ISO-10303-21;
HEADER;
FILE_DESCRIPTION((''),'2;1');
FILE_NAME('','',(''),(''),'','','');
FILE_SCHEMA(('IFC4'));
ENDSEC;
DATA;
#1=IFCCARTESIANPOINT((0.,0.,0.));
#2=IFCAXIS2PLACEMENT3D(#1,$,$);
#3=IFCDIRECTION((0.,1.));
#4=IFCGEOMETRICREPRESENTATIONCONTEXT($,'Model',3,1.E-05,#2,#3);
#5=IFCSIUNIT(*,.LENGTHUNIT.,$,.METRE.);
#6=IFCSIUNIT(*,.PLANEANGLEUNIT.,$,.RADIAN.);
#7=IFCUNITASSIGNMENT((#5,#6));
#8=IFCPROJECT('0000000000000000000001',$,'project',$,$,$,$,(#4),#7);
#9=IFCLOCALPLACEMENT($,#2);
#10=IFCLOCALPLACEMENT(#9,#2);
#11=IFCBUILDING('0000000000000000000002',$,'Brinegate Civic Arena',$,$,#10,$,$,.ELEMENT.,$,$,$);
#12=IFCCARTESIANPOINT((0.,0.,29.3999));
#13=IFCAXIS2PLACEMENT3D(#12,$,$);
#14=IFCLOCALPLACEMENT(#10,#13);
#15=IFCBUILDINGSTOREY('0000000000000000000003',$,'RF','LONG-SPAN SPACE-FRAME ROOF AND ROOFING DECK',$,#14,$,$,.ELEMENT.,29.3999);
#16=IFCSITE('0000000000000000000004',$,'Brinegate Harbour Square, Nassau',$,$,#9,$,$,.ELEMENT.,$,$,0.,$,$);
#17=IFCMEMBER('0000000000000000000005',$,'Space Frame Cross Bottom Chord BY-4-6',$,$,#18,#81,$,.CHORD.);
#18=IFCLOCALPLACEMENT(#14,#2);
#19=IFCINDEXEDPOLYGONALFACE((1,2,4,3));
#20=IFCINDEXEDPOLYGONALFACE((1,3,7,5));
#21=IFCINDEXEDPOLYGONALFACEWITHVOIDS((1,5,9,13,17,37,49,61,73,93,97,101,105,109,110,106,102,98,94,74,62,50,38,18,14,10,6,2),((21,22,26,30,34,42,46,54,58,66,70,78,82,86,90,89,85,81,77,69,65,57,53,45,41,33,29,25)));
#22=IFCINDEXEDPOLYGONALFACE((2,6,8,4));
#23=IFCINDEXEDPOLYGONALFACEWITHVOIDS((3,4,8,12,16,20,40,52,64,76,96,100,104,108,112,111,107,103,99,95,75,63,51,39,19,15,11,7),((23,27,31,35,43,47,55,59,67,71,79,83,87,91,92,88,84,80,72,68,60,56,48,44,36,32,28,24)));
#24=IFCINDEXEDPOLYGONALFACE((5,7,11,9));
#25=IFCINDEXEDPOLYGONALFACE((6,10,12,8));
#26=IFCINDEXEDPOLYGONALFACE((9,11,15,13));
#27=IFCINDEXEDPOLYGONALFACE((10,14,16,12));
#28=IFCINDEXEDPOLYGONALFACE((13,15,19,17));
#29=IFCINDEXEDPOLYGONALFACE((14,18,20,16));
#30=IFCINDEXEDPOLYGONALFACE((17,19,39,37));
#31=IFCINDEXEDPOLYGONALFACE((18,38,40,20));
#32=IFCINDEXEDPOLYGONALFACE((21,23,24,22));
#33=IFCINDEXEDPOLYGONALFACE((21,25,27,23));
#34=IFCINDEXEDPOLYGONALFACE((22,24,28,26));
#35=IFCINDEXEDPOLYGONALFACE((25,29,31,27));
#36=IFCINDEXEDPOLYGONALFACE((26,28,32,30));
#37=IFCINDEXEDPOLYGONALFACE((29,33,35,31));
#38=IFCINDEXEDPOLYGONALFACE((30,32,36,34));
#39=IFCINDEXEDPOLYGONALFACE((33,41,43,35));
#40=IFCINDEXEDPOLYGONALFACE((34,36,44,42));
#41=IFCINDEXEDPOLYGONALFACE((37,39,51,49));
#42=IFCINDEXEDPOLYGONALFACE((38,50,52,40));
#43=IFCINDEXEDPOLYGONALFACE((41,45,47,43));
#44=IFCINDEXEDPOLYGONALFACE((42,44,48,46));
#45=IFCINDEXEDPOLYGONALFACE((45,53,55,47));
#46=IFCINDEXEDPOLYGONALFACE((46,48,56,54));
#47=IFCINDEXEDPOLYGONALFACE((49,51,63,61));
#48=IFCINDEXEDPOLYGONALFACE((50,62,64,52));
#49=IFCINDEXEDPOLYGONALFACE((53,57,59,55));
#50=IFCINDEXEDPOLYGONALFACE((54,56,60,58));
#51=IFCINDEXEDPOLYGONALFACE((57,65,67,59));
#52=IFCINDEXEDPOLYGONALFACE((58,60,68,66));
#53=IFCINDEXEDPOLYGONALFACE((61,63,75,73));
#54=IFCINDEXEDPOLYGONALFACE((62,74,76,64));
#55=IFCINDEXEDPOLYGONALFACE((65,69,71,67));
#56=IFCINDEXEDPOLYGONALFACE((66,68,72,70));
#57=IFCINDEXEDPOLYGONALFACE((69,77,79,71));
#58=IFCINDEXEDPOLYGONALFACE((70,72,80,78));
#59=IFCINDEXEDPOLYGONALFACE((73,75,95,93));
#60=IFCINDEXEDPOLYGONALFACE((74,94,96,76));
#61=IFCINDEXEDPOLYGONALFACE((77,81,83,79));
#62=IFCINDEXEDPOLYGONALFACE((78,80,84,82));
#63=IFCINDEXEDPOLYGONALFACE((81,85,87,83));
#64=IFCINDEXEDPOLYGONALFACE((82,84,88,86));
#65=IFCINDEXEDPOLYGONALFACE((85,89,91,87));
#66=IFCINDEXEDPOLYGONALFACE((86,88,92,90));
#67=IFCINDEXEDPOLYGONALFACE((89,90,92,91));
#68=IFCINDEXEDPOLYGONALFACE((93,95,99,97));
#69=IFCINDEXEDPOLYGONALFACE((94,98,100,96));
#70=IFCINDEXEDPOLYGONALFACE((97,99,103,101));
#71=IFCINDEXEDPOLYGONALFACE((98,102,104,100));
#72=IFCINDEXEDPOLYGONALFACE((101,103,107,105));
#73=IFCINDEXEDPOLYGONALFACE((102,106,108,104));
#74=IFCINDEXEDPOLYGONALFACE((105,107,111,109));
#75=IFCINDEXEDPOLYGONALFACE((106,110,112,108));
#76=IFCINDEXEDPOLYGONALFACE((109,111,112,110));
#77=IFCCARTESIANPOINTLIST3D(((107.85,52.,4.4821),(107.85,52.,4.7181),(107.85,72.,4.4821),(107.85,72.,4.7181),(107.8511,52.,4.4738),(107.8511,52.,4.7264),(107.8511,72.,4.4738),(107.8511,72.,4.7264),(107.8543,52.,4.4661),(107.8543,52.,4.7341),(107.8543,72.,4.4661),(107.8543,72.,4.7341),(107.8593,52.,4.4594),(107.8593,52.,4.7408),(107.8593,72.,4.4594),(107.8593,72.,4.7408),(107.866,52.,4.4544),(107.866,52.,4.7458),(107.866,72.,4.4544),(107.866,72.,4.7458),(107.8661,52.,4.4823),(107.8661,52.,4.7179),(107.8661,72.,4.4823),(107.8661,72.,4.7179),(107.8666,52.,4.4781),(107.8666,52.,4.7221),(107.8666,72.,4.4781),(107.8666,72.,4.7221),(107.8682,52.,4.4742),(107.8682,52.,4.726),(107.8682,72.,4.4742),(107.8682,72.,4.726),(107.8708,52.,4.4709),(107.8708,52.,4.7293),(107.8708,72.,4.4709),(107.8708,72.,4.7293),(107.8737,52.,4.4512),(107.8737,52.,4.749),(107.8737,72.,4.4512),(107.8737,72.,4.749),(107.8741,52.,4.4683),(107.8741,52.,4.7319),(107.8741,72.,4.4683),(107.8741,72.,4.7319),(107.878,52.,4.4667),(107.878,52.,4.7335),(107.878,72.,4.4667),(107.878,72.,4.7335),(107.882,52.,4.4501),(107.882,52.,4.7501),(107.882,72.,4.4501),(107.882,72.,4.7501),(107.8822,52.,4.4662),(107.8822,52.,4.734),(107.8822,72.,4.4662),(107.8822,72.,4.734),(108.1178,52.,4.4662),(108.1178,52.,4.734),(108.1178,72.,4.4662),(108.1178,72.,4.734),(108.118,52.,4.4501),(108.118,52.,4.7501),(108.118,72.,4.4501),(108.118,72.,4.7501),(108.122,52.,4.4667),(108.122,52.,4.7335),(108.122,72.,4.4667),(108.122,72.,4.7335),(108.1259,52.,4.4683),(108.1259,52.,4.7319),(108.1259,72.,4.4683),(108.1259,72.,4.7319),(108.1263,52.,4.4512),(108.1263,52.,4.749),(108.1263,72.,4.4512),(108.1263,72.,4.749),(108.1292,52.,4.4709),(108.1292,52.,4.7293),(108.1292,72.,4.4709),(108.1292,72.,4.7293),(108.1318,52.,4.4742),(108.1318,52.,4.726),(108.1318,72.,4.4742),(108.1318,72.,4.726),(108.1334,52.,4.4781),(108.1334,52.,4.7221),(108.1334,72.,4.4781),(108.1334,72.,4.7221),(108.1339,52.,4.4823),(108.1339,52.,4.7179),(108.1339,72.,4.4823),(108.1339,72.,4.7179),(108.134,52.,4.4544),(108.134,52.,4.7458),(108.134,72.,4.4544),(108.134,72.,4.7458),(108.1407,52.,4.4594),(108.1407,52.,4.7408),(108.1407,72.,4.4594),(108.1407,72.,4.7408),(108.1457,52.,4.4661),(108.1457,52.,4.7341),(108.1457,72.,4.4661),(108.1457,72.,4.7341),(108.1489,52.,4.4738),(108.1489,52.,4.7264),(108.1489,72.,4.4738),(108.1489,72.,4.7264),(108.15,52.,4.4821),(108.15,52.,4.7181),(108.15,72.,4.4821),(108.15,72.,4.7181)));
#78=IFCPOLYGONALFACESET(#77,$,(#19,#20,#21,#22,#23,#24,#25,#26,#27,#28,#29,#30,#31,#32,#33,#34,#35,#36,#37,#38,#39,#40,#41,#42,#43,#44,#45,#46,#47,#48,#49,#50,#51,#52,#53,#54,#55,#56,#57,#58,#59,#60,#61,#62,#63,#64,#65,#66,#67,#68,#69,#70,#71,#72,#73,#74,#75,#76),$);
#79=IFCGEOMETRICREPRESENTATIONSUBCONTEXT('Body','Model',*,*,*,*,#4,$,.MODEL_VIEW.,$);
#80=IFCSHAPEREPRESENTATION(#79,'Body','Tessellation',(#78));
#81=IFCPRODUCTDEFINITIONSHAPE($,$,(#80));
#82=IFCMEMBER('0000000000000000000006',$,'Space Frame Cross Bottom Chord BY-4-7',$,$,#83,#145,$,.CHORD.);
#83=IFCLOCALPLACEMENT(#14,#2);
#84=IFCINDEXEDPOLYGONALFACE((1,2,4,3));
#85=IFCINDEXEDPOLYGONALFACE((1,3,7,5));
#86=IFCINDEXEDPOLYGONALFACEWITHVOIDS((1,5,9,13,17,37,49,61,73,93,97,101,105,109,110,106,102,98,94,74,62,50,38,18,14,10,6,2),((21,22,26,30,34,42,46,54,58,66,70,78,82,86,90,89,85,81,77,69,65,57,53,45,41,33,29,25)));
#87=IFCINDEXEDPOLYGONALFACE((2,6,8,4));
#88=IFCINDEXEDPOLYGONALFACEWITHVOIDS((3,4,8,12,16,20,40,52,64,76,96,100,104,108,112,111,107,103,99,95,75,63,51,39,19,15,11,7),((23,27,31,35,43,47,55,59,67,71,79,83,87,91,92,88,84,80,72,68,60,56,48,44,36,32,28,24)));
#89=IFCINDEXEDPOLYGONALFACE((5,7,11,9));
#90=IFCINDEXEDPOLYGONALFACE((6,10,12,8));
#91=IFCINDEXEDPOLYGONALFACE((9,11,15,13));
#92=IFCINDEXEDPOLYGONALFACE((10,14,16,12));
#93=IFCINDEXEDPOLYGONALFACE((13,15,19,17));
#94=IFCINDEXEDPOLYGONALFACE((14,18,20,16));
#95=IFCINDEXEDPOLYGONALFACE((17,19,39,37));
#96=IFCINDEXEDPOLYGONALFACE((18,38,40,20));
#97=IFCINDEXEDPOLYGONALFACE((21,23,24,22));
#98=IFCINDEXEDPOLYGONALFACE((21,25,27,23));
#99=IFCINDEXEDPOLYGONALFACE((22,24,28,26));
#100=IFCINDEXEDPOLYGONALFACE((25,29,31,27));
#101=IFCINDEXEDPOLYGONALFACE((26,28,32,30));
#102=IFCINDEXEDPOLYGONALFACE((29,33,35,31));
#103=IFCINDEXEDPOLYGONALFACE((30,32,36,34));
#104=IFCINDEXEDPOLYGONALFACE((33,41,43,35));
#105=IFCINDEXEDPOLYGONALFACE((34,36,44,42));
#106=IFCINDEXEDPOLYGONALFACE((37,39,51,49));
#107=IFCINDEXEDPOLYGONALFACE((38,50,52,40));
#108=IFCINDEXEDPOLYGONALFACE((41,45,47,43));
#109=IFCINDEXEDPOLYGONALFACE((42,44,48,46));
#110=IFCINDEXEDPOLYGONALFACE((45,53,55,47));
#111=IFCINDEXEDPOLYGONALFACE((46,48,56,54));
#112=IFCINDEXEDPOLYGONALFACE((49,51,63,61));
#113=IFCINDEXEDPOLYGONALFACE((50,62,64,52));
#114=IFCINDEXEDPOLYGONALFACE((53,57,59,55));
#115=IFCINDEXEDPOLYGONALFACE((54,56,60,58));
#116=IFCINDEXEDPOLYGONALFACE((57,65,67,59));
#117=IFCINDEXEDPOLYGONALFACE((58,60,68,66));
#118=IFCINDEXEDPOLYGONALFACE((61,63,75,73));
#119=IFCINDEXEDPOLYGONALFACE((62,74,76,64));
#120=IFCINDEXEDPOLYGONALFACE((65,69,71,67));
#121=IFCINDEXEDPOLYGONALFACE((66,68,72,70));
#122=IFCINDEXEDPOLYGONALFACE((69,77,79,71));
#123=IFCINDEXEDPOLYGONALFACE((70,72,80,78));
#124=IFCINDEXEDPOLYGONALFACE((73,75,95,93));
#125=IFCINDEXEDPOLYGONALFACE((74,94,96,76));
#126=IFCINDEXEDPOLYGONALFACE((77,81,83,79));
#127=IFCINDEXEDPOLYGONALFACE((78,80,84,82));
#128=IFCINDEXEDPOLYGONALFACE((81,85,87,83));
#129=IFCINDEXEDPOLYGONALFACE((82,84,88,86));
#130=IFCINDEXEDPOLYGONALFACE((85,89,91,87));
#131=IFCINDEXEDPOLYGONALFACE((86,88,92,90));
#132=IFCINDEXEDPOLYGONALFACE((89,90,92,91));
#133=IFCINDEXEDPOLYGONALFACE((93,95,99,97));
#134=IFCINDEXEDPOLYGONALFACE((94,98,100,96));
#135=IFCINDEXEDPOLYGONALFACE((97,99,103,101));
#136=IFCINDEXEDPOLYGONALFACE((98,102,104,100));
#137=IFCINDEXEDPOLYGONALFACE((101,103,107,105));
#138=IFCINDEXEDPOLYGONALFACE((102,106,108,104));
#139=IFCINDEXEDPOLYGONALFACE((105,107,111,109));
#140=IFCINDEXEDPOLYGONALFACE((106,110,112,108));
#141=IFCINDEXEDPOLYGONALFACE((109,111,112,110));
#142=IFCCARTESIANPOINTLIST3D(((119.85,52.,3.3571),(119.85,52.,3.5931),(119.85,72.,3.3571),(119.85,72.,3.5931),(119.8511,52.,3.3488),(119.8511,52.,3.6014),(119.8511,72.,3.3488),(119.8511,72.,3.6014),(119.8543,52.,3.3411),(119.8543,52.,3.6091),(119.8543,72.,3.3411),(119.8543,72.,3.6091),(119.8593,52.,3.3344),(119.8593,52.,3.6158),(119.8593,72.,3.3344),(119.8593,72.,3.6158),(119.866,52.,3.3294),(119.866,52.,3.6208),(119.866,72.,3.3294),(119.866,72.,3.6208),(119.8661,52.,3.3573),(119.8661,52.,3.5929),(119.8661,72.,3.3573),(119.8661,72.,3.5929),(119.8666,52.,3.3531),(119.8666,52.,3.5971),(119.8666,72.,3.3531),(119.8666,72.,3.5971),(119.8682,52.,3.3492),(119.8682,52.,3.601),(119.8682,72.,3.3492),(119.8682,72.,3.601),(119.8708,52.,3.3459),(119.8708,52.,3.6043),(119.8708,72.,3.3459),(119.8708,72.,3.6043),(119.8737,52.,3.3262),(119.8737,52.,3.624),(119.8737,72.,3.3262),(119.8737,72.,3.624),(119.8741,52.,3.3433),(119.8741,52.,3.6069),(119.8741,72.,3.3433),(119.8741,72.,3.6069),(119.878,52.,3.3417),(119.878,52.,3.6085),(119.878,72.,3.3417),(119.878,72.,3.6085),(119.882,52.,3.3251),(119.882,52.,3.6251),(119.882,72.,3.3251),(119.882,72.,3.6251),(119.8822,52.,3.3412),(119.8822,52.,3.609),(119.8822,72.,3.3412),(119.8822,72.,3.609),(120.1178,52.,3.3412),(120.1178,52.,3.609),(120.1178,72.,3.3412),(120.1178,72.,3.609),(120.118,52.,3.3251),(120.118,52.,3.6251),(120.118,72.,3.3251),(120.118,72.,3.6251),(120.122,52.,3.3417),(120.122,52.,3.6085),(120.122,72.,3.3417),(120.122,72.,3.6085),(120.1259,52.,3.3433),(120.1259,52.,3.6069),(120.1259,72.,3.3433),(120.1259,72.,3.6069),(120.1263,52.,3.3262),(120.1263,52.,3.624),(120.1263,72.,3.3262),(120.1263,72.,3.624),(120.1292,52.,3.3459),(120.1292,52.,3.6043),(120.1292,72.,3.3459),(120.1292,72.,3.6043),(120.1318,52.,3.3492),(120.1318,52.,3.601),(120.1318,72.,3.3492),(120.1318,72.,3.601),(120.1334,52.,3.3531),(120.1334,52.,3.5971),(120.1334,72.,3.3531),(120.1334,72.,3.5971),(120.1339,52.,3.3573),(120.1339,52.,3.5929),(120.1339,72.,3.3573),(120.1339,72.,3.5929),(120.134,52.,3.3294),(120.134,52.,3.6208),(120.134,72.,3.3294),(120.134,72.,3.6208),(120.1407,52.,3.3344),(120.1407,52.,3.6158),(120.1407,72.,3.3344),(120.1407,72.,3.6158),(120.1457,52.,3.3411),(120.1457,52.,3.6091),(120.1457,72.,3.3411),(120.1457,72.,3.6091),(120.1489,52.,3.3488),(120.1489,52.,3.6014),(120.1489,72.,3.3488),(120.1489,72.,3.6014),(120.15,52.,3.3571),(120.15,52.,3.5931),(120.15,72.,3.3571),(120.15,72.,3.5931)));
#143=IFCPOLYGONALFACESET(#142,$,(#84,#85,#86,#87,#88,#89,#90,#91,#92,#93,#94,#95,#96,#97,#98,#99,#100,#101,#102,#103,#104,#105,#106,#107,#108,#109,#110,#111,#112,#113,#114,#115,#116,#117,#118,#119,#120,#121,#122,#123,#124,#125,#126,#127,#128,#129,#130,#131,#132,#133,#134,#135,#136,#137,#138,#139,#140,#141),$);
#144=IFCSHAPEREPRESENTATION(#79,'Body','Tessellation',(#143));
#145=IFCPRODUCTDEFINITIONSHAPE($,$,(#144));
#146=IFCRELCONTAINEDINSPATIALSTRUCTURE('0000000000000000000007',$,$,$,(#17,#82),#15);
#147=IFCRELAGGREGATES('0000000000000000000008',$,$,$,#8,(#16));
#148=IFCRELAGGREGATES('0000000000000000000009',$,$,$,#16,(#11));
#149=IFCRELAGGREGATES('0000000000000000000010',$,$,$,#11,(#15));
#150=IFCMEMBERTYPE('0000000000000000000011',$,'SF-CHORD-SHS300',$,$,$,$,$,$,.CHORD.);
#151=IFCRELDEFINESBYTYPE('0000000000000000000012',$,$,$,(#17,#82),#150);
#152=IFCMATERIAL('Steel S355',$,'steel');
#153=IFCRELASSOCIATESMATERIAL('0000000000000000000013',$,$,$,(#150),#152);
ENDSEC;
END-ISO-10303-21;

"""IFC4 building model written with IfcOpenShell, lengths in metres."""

from ifc_helpers import new_model, si_unit, direction, frame, origin, origin_2d, place, context, subcontext, project, spatial, hollow_rectangle, extrude, material, material_profile, profile_set, type_object, element, save


model = new_model("IFC4")

# Units and contexts
model_context = context("Model", 3, precision=1e-05, world=origin(), true_north=direction((0.0, 1.0)))
body_context = subcontext(model_context, "Body", "Model", "MODEL_VIEW")
ifc_project = project(units=[si_unit("LENGTHUNIT", "METRE"), si_unit("PLANEANGLEUNIT", "RADIAN")], contexts=[model_context])

# Site, building, storey
site_placement = place(None, origin())
site = spatial("IfcSite", under=ifc_project, at=site_placement, Name="Brinegate Harbour Square, Nassau", CompositionType="ELEMENT", RefElevation=0.0)
building_placement = place(site_placement, origin())
building = spatial("IfcBuilding", under=site, at=building_placement, Name="Brinegate Civic Arena", CompositionType="ELEMENT")
storey_placement = place(building_placement, frame((0.0, 0.0, 29.3999)))
storey = spatial("IfcBuildingStorey", under=building, at=storey_placement, Name="RF", Description="LONG-SPAN SPACE-FRAME ROOF AND ROOFING DECK", CompositionType="ELEMENT", Elevation=29.3999)

# Members
ifc_material = material(Name="Steel S355", Category="steel")
ifc_material_profile_1 = material_profile(ifc_material, hollow_rectangle(XDim=0.3, YDim=0.3, WallThickness=0.0161, InnerFilletRadius=0.0161, OuterFilletRadius=0.032, at=origin_2d()), Name="SHS300X16")
ifc_profile_set_1 = profile_set([ifc_material_profile_1], Name="Steel S355")
member_type_1 = type_object("IfcMemberType", Name="SF-CHORD-SHS300", PredefinedType="CHORD", material=ifc_profile_set_1)
for number, where, z_axis, x_axis, name in (
    (1, (108.0, 52.0, 4.6001), (0.0, 1.0, 0.0), (-1.0, 0.0, 0.0), "Space Frame Cross Bottom Chord BY-4-6"),
    (2, (120.0, 52.0, 3.4751), (0.0, 1.0, 0.0), (-1.0, 0.0, 0.0), "Space Frame Cross Bottom Chord BY-4-7"),
):
    element("IfcMember", number, at=place(storey_placement, frame(where, z_axis=z_axis, x_axis=x_axis)), inside=storey, type_object=member_type_1, Name=name, PredefinedType="CHORD", context=body_context, shape_type="SweptSolid", body=[
        extrude(hollow_rectangle(XDim=0.3, YDim=0.3, WallThickness=0.0161, InnerFilletRadius=0.0161, OuterFilletRadius=0.032, at=origin_2d()), origin(), (0.0, 0.0, 1.0), 20.0),
    ])

save(model, "model.ifc")
